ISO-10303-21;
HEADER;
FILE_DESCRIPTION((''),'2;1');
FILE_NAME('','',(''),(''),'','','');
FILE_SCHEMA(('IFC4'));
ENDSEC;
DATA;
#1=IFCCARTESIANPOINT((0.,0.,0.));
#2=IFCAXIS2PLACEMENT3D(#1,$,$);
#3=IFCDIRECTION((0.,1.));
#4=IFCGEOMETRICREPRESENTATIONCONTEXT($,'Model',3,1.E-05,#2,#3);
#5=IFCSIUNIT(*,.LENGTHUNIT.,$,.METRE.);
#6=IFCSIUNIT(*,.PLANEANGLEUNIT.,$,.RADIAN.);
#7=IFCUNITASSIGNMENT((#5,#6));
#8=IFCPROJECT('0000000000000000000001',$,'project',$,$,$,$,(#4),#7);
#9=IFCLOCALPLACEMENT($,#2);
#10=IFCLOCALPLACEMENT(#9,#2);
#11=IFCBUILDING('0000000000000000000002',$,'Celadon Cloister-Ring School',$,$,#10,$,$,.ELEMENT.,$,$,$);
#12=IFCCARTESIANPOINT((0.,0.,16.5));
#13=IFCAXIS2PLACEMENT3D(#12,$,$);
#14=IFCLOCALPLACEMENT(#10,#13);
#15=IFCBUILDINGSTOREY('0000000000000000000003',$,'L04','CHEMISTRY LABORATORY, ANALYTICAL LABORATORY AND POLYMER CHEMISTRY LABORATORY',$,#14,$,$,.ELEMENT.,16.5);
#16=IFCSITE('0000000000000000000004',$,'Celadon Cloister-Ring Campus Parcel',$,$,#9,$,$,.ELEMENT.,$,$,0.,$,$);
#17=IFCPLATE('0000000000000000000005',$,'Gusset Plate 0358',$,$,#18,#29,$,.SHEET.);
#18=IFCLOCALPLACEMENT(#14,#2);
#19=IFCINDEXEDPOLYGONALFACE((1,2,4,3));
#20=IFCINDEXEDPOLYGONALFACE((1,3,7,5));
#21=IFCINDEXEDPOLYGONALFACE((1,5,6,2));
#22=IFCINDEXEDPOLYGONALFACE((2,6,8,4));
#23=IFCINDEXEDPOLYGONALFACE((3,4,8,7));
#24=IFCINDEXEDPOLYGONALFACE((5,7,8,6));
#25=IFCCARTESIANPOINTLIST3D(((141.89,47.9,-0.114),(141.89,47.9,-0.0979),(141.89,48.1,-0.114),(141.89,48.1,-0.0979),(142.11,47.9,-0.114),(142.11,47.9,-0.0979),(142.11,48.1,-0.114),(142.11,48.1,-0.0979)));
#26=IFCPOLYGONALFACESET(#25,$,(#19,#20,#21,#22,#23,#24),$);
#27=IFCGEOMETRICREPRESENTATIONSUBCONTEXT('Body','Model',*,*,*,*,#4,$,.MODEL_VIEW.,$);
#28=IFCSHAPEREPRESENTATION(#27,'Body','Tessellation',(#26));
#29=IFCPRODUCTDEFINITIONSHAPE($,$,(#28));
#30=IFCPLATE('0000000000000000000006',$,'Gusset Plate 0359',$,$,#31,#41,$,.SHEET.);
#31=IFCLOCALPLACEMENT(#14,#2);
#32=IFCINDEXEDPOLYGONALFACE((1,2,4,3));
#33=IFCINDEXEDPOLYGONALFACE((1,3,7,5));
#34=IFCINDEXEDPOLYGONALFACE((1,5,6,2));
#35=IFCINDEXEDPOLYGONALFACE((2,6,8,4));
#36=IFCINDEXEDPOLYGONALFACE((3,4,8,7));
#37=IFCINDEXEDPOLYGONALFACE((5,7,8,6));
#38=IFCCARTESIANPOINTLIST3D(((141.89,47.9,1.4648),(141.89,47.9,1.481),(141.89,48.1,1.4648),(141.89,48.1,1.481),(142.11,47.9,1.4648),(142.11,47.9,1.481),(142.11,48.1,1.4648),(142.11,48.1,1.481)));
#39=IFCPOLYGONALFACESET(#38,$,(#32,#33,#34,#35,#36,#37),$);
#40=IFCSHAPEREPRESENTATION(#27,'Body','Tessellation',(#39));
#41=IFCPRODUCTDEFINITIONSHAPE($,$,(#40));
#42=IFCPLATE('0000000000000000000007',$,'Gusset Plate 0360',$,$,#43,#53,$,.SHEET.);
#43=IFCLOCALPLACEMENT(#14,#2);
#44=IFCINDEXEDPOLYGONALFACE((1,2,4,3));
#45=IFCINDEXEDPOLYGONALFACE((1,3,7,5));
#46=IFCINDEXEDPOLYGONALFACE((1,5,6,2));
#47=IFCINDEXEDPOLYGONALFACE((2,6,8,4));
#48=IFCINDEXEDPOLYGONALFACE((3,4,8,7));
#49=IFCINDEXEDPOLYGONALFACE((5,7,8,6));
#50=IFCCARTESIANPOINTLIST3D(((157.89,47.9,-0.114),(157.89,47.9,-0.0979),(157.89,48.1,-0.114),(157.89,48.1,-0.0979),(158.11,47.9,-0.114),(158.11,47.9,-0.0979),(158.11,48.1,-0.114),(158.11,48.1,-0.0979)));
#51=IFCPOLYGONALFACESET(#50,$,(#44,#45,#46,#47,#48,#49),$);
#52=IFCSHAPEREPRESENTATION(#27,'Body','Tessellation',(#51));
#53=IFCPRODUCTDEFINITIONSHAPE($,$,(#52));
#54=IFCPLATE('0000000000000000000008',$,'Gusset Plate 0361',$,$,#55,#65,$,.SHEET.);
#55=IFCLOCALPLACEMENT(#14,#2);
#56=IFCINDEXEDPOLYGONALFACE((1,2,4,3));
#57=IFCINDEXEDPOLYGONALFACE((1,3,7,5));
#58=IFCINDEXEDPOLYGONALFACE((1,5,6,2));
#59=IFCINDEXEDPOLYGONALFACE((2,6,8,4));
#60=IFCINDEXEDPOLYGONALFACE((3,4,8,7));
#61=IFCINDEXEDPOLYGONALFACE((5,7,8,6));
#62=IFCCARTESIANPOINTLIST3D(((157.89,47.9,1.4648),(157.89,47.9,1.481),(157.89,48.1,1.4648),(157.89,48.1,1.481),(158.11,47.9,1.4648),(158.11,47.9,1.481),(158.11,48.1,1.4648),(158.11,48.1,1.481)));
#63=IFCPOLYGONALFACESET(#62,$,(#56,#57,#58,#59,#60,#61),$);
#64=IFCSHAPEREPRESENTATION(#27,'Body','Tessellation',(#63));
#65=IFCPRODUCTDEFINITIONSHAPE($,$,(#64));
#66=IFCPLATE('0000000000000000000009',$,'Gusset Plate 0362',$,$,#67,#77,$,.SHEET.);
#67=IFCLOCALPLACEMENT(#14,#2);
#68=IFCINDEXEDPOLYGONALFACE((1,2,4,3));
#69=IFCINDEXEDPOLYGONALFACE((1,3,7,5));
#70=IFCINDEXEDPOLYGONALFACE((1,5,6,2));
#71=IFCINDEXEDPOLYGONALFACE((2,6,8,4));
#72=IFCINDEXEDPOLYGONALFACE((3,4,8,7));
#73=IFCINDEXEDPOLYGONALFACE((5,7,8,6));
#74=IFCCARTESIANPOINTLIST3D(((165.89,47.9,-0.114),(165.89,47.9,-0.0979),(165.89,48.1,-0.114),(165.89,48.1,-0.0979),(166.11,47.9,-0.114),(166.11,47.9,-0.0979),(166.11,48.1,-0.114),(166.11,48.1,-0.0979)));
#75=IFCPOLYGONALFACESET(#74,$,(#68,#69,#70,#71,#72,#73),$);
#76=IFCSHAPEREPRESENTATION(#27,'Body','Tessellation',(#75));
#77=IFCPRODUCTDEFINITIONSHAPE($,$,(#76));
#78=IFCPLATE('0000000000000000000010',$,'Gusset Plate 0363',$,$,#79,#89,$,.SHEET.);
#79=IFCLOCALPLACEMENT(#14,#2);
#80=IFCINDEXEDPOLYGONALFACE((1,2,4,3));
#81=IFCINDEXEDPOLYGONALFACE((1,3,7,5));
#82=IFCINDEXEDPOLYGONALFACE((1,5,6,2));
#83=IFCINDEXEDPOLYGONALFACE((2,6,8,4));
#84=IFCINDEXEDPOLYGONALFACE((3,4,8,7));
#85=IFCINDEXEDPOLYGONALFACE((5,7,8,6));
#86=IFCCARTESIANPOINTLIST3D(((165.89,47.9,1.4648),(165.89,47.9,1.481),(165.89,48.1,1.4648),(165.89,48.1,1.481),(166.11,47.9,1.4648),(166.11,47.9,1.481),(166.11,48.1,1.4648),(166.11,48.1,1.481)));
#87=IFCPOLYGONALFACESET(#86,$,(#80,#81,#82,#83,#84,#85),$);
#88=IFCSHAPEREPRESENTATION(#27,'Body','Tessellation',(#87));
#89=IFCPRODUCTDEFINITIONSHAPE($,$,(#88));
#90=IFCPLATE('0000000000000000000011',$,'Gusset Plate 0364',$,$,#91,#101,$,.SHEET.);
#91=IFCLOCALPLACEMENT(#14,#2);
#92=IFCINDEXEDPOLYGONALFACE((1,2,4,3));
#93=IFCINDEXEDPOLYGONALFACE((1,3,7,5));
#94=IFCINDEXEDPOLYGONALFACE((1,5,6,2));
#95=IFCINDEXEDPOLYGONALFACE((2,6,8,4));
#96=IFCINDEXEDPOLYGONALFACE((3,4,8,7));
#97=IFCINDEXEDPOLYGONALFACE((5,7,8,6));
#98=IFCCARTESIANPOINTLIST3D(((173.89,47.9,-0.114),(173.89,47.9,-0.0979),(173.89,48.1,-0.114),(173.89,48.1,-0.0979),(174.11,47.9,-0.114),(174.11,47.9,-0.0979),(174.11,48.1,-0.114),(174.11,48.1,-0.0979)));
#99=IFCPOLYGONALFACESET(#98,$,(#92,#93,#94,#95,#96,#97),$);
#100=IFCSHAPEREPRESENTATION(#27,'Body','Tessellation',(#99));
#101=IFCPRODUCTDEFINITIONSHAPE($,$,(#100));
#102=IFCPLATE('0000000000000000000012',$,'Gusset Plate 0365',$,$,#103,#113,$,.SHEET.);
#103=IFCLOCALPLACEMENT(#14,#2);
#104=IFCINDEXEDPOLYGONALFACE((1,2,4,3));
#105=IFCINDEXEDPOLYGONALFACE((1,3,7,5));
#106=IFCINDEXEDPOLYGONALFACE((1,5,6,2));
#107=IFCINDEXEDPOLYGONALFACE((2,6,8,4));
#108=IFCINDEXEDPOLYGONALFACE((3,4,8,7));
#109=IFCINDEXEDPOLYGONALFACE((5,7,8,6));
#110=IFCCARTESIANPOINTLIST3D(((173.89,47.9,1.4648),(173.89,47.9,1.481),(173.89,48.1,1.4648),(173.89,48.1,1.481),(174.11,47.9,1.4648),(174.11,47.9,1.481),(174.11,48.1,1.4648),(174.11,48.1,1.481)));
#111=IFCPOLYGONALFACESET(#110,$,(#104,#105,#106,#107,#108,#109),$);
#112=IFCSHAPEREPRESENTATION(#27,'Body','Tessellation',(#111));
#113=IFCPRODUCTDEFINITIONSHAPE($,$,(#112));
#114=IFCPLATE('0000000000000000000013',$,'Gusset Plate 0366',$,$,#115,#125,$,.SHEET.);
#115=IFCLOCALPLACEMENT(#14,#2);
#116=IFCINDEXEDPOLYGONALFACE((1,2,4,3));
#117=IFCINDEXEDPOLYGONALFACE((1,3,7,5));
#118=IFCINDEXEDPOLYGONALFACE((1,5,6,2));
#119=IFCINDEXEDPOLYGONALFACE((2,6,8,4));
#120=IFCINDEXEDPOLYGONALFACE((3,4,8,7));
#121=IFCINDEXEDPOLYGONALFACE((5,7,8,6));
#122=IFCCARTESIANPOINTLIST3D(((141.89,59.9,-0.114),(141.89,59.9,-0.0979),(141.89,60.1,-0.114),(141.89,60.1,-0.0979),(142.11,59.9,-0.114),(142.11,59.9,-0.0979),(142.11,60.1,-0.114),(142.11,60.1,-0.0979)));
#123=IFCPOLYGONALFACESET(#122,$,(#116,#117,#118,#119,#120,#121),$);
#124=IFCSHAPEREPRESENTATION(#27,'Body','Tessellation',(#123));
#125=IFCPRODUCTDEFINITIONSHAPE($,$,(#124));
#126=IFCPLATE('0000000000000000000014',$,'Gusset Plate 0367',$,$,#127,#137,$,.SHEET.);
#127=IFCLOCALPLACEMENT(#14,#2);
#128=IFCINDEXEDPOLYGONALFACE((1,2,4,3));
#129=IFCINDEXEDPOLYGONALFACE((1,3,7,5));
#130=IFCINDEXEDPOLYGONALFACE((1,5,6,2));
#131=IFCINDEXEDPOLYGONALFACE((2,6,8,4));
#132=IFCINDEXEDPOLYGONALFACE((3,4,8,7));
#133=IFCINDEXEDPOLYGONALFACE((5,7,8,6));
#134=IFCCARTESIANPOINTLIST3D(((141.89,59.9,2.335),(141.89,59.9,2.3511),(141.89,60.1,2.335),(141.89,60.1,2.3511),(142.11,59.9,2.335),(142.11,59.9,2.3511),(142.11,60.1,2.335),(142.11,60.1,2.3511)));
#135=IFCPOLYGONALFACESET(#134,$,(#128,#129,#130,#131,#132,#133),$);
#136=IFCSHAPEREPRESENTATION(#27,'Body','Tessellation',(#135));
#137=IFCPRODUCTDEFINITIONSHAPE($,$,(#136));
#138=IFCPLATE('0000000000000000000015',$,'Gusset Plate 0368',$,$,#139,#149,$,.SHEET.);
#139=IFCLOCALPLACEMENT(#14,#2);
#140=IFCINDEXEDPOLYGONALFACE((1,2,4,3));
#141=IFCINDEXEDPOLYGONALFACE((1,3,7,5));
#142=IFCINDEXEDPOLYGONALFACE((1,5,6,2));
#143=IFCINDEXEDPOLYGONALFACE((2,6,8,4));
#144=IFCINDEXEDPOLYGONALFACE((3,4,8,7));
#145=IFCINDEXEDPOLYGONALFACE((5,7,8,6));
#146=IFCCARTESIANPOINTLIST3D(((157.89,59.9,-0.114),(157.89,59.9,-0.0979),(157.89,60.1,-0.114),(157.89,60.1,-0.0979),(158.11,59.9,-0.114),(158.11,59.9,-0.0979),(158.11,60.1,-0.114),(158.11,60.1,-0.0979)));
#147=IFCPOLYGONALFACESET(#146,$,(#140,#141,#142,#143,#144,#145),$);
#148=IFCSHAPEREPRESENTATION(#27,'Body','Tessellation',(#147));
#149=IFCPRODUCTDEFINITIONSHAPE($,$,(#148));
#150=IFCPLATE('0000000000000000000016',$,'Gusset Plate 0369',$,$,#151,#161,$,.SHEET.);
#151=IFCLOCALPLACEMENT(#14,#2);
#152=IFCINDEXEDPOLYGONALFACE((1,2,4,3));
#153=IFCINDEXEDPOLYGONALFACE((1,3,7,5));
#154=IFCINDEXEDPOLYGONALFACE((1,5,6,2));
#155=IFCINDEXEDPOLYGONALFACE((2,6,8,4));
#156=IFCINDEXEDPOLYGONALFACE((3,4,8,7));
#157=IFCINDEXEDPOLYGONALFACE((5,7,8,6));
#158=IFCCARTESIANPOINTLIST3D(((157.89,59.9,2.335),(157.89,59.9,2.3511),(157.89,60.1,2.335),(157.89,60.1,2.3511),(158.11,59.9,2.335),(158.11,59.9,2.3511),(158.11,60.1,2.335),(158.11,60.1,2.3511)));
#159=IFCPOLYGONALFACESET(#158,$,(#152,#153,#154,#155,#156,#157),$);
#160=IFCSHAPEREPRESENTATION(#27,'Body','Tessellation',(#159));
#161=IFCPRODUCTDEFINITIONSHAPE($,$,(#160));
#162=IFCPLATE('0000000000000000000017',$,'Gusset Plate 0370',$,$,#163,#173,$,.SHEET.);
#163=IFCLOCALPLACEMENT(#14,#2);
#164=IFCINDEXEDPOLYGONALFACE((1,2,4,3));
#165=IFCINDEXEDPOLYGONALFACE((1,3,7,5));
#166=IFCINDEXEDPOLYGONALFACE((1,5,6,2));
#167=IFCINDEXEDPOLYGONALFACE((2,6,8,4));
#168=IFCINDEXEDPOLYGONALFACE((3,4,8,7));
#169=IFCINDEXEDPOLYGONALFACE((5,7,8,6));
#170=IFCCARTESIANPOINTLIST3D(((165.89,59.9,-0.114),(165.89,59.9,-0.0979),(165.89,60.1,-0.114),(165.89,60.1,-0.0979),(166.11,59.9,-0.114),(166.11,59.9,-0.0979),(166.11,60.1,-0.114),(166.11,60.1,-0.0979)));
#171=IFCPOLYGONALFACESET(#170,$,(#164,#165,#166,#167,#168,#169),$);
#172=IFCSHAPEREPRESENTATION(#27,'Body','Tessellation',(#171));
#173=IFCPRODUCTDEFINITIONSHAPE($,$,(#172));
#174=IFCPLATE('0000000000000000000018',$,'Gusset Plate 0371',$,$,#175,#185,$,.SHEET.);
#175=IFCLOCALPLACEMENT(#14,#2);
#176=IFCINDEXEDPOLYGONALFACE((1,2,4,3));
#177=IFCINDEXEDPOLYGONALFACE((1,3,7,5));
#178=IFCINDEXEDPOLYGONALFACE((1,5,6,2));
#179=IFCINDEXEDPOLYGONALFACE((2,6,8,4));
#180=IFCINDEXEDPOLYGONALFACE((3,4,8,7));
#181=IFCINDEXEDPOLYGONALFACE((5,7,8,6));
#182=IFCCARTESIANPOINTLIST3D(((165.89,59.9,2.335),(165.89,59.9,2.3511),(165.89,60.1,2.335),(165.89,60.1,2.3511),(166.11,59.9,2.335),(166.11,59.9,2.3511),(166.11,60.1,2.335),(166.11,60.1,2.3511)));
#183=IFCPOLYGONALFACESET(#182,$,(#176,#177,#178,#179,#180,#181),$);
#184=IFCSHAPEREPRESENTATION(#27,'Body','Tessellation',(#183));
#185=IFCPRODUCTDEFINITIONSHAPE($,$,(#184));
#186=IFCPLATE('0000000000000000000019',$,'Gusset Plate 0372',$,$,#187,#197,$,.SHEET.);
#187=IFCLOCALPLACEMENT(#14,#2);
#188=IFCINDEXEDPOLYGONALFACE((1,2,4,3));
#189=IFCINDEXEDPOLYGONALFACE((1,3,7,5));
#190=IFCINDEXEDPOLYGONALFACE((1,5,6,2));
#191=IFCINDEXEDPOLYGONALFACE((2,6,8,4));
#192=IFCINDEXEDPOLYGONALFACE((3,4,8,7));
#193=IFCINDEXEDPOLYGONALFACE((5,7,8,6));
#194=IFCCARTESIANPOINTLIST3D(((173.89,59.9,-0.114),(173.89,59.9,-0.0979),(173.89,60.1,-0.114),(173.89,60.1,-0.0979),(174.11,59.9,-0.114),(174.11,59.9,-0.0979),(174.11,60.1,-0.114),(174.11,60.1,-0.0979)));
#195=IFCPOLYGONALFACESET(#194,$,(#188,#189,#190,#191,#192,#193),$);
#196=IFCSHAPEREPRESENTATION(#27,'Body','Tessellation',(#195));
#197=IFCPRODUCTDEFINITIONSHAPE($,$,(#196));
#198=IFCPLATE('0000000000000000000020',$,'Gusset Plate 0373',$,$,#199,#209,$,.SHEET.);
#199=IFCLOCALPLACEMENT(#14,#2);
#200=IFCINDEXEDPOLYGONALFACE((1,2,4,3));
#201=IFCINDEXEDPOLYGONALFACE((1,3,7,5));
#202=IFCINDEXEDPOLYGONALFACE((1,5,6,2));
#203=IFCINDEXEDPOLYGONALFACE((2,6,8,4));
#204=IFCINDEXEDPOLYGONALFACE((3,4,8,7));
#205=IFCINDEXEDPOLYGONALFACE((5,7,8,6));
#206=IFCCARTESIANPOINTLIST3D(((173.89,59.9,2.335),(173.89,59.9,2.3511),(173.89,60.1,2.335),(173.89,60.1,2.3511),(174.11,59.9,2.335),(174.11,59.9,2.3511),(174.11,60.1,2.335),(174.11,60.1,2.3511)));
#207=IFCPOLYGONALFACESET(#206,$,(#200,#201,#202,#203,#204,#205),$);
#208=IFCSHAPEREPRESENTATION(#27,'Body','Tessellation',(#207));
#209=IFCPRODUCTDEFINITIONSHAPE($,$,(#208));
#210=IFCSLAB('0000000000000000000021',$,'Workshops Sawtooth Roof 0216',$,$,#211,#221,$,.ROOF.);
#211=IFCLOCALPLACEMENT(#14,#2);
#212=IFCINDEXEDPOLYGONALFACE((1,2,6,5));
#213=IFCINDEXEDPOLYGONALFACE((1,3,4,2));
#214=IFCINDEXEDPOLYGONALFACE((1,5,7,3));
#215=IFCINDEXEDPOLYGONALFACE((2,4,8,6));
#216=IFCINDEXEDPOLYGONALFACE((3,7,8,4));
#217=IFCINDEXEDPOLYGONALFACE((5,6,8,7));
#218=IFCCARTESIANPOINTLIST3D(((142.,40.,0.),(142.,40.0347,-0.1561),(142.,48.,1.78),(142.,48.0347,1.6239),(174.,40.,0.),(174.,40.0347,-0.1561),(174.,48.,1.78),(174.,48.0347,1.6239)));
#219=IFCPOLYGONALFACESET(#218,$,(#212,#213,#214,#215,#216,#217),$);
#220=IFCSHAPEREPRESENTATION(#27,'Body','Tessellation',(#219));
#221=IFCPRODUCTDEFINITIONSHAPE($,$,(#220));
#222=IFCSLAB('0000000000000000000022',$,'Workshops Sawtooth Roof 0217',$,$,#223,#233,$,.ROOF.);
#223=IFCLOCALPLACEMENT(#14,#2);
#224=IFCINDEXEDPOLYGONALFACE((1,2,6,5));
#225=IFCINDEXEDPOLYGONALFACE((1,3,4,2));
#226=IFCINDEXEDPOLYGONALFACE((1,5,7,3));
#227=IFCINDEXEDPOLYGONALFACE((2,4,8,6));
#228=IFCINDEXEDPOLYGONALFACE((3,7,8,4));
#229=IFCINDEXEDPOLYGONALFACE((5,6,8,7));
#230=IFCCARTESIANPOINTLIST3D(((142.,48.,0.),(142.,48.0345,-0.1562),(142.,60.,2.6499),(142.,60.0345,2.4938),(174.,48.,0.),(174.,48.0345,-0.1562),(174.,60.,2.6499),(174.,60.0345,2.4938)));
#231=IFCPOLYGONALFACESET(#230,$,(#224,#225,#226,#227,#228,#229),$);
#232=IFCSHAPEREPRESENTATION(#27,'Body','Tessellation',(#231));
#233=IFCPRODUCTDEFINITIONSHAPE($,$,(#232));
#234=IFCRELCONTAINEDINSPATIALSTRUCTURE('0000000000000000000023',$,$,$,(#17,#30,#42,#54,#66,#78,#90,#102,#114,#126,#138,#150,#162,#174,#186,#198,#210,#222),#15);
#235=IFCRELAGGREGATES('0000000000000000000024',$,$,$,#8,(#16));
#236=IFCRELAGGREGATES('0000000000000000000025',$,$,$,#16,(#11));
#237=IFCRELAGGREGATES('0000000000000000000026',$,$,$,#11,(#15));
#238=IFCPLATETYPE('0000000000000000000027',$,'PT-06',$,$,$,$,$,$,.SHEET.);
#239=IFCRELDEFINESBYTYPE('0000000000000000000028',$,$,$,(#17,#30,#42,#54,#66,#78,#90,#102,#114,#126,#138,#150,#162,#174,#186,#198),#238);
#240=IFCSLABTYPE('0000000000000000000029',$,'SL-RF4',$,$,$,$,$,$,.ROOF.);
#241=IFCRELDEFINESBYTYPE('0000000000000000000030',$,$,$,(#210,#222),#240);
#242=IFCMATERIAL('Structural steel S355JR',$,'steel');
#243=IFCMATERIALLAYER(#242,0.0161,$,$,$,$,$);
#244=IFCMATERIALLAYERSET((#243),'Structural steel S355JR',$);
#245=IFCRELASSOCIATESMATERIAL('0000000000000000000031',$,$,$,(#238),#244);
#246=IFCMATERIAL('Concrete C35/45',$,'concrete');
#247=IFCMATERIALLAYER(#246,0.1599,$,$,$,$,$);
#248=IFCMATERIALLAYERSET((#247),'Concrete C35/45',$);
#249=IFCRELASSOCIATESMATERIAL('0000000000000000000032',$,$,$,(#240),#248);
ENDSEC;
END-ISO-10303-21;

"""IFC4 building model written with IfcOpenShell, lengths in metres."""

from ifc_helpers import new_model, si_unit, direction, frame, origin, origin_2d, place, context, subcontext, project, spatial, polyline, rectangle, outline, extrude, material, layer, layer_set, type_object, element, save


model = new_model("IFC4")

# Units and contexts
model_context = context("Model", 3, precision=1e-05, world=origin(), true_north=direction((0.0, 1.0)))
body_context = subcontext(model_context, "Body", "Model", "MODEL_VIEW")
ifc_project = project(units=[si_unit("LENGTHUNIT", "METRE"), si_unit("PLANEANGLEUNIT", "RADIAN")], contexts=[model_context])

# Site, building, storey
site_placement = place(None, origin())
site = spatial("IfcSite", under=ifc_project, at=site_placement, Name="Celadon Cloister-Ring Campus Parcel", CompositionType="ELEMENT", RefElevation=0.0)
building_placement = place(site_placement, origin())
building = spatial("IfcBuilding", under=site, at=building_placement, Name="Celadon Cloister-Ring School", CompositionType="ELEMENT")
storey_placement = place(building_placement, frame((0.0, 0.0, 16.5)))
storey = spatial("IfcBuildingStorey", under=building, at=storey_placement, Name="L04", Description="CHEMISTRY LABORATORY, ANALYTICAL LABORATORY AND POLYMER CHEMISTRY LABORATORY", CompositionType="ELEMENT", Elevation=16.5)

# Plates
ifc_material_1 = material(Name="Structural steel S355JR", Category="steel")
ifc_layer_1 = layer(ifc_material_1, 0.0161)
ifc_layer_set_1 = layer_set([ifc_layer_1], Name="Structural steel S355JR")
plate_type = type_object("IfcPlateType", Name="PT-06", PredefinedType="SHEET", material=ifc_layer_set_1)
for number, where, z_axis, x_axis, name in (
    (1, (142.0, 48.0, -0.114), (0.0, 0.0, 1.0), (1.0, 0.0, 0.0), "Gusset Plate 0358"),
    (2, (142.0, 48.0, 1.4648), (0.0, 0.0, 1.0), (1.0, 0.0, 0.0), "Gusset Plate 0359"),
    (3, (158.0, 48.0, -0.114), (0.0, 0.0, 1.0), (1.0, 0.0, 0.0), "Gusset Plate 0360"),
    (4, (158.0, 48.0, 1.4648), (0.0, 0.0, 1.0), (1.0, 0.0, 0.0), "Gusset Plate 0361"),
    (5, (166.0, 48.0, -0.114), (0.0, 0.0, 1.0), (1.0, 0.0, 0.0), "Gusset Plate 0362"),
    (6, (166.0, 48.0, 1.4648), (0.0, 0.0, 1.0), (1.0, 0.0, 0.0), "Gusset Plate 0363"),
    (7, (174.0, 48.0, -0.114), (0.0, 0.0, 1.0), (1.0, 0.0, 0.0), "Gusset Plate 0364"),
    (8, (174.0, 48.0, 1.4648), (0.0, 0.0, 1.0), (1.0, 0.0, 0.0), "Gusset Plate 0365"),
    (9, (142.0, 60.0, -0.114), (0.0, 0.0, 1.0), (1.0, 0.0, 0.0), "Gusset Plate 0366"),
    (10, (142.0, 60.0, 2.335), (0.0, 0.0, 1.0), (1.0, 0.0, 0.0), "Gusset Plate 0367"),
    (11, (158.0, 60.0, -0.114), (0.0, 0.0, 1.0), (1.0, 0.0, 0.0), "Gusset Plate 0368"),
    (12, (158.0, 60.0, 2.335), (0.0, 0.0, 1.0), (1.0, 0.0, 0.0), "Gusset Plate 0369"),
    (13, (166.0, 60.0, -0.114), (0.0, 0.0, 1.0), (1.0, 0.0, 0.0), "Gusset Plate 0370"),
    (14, (166.0, 60.0, 2.335), (0.0, 0.0, 1.0), (1.0, 0.0, 0.0), "Gusset Plate 0371"),
    (15, (174.0, 60.0, -0.114), (0.0, 0.0, 1.0), (1.0, 0.0, 0.0), "Gusset Plate 0372"),
    (16, (174.0, 60.0, 2.335), (0.0, 0.0, 1.0), (1.0, 0.0, 0.0), "Gusset Plate 0373"),
):
    element("IfcPlate", number, at=place(storey_placement, frame(where, z_axis=z_axis, x_axis=x_axis)), inside=storey, type_object=plate_type, Name=name, PredefinedType="SHEET", context=body_context, shape_type="SweptSolid", body=[
        extrude(rectangle(XDim=0.22, YDim=0.2, at=origin_2d()), origin(), (0.0, 0.0, 1.0), 0.0161),
    ])

# Slabs
ifc_material_2 = material(Name="Concrete C35/45", Category="concrete")
ifc_layer_2 = layer(ifc_material_2, 0.1599)
ifc_layer_set_2 = layer_set([ifc_layer_2], Name="Concrete C35/45")
slab_type = type_object("IfcSlabType", Name="SL-RF4", PredefinedType="ROOF", material=ifc_layer_set_2)
slab_1_placement = place(storey_placement, frame((142.0, 40.0, 0.0), z_axis=(0.0, -0.217192, 0.976129), x_axis=(1.0, 0.0, 0.0)))
element("IfcSlab", 17, at=slab_1_placement, inside=storey, type_object=slab_type, Name="Workshops Sawtooth Roof 0216", PredefinedType="ROOF", context=body_context, shape_type="SweptSolid", body=[
    extrude(outline(polyline([(0.0, 0.0), (32.0, 0.0), (32.0, 8.1956), (0.0, 8.1956), (0.0, 0.0)])), origin(), (0.0, 0.0, -1.0), 0.1599),
])
slab_2_placement = place(storey_placement, frame((142.0, 48.0, 0.0), z_axis=(0.0, -0.21563, 0.976475), x_axis=(1.0, 0.0, 0.0)))
element("IfcSlab", 18, at=slab_2_placement, inside=storey, type_object=slab_type, Name="Workshops Sawtooth Roof 0217", PredefinedType="ROOF", context=body_context, shape_type="SweptSolid", body=[
    extrude(outline(polyline([(0.0, 0.0), (32.0, 0.0), (32.0, 12.2891), (0.0, 12.2891), (0.0, 0.0)])), origin(), (0.0, 0.0, -1.0), 0.1599),
])

save(model, "model.ifc")
